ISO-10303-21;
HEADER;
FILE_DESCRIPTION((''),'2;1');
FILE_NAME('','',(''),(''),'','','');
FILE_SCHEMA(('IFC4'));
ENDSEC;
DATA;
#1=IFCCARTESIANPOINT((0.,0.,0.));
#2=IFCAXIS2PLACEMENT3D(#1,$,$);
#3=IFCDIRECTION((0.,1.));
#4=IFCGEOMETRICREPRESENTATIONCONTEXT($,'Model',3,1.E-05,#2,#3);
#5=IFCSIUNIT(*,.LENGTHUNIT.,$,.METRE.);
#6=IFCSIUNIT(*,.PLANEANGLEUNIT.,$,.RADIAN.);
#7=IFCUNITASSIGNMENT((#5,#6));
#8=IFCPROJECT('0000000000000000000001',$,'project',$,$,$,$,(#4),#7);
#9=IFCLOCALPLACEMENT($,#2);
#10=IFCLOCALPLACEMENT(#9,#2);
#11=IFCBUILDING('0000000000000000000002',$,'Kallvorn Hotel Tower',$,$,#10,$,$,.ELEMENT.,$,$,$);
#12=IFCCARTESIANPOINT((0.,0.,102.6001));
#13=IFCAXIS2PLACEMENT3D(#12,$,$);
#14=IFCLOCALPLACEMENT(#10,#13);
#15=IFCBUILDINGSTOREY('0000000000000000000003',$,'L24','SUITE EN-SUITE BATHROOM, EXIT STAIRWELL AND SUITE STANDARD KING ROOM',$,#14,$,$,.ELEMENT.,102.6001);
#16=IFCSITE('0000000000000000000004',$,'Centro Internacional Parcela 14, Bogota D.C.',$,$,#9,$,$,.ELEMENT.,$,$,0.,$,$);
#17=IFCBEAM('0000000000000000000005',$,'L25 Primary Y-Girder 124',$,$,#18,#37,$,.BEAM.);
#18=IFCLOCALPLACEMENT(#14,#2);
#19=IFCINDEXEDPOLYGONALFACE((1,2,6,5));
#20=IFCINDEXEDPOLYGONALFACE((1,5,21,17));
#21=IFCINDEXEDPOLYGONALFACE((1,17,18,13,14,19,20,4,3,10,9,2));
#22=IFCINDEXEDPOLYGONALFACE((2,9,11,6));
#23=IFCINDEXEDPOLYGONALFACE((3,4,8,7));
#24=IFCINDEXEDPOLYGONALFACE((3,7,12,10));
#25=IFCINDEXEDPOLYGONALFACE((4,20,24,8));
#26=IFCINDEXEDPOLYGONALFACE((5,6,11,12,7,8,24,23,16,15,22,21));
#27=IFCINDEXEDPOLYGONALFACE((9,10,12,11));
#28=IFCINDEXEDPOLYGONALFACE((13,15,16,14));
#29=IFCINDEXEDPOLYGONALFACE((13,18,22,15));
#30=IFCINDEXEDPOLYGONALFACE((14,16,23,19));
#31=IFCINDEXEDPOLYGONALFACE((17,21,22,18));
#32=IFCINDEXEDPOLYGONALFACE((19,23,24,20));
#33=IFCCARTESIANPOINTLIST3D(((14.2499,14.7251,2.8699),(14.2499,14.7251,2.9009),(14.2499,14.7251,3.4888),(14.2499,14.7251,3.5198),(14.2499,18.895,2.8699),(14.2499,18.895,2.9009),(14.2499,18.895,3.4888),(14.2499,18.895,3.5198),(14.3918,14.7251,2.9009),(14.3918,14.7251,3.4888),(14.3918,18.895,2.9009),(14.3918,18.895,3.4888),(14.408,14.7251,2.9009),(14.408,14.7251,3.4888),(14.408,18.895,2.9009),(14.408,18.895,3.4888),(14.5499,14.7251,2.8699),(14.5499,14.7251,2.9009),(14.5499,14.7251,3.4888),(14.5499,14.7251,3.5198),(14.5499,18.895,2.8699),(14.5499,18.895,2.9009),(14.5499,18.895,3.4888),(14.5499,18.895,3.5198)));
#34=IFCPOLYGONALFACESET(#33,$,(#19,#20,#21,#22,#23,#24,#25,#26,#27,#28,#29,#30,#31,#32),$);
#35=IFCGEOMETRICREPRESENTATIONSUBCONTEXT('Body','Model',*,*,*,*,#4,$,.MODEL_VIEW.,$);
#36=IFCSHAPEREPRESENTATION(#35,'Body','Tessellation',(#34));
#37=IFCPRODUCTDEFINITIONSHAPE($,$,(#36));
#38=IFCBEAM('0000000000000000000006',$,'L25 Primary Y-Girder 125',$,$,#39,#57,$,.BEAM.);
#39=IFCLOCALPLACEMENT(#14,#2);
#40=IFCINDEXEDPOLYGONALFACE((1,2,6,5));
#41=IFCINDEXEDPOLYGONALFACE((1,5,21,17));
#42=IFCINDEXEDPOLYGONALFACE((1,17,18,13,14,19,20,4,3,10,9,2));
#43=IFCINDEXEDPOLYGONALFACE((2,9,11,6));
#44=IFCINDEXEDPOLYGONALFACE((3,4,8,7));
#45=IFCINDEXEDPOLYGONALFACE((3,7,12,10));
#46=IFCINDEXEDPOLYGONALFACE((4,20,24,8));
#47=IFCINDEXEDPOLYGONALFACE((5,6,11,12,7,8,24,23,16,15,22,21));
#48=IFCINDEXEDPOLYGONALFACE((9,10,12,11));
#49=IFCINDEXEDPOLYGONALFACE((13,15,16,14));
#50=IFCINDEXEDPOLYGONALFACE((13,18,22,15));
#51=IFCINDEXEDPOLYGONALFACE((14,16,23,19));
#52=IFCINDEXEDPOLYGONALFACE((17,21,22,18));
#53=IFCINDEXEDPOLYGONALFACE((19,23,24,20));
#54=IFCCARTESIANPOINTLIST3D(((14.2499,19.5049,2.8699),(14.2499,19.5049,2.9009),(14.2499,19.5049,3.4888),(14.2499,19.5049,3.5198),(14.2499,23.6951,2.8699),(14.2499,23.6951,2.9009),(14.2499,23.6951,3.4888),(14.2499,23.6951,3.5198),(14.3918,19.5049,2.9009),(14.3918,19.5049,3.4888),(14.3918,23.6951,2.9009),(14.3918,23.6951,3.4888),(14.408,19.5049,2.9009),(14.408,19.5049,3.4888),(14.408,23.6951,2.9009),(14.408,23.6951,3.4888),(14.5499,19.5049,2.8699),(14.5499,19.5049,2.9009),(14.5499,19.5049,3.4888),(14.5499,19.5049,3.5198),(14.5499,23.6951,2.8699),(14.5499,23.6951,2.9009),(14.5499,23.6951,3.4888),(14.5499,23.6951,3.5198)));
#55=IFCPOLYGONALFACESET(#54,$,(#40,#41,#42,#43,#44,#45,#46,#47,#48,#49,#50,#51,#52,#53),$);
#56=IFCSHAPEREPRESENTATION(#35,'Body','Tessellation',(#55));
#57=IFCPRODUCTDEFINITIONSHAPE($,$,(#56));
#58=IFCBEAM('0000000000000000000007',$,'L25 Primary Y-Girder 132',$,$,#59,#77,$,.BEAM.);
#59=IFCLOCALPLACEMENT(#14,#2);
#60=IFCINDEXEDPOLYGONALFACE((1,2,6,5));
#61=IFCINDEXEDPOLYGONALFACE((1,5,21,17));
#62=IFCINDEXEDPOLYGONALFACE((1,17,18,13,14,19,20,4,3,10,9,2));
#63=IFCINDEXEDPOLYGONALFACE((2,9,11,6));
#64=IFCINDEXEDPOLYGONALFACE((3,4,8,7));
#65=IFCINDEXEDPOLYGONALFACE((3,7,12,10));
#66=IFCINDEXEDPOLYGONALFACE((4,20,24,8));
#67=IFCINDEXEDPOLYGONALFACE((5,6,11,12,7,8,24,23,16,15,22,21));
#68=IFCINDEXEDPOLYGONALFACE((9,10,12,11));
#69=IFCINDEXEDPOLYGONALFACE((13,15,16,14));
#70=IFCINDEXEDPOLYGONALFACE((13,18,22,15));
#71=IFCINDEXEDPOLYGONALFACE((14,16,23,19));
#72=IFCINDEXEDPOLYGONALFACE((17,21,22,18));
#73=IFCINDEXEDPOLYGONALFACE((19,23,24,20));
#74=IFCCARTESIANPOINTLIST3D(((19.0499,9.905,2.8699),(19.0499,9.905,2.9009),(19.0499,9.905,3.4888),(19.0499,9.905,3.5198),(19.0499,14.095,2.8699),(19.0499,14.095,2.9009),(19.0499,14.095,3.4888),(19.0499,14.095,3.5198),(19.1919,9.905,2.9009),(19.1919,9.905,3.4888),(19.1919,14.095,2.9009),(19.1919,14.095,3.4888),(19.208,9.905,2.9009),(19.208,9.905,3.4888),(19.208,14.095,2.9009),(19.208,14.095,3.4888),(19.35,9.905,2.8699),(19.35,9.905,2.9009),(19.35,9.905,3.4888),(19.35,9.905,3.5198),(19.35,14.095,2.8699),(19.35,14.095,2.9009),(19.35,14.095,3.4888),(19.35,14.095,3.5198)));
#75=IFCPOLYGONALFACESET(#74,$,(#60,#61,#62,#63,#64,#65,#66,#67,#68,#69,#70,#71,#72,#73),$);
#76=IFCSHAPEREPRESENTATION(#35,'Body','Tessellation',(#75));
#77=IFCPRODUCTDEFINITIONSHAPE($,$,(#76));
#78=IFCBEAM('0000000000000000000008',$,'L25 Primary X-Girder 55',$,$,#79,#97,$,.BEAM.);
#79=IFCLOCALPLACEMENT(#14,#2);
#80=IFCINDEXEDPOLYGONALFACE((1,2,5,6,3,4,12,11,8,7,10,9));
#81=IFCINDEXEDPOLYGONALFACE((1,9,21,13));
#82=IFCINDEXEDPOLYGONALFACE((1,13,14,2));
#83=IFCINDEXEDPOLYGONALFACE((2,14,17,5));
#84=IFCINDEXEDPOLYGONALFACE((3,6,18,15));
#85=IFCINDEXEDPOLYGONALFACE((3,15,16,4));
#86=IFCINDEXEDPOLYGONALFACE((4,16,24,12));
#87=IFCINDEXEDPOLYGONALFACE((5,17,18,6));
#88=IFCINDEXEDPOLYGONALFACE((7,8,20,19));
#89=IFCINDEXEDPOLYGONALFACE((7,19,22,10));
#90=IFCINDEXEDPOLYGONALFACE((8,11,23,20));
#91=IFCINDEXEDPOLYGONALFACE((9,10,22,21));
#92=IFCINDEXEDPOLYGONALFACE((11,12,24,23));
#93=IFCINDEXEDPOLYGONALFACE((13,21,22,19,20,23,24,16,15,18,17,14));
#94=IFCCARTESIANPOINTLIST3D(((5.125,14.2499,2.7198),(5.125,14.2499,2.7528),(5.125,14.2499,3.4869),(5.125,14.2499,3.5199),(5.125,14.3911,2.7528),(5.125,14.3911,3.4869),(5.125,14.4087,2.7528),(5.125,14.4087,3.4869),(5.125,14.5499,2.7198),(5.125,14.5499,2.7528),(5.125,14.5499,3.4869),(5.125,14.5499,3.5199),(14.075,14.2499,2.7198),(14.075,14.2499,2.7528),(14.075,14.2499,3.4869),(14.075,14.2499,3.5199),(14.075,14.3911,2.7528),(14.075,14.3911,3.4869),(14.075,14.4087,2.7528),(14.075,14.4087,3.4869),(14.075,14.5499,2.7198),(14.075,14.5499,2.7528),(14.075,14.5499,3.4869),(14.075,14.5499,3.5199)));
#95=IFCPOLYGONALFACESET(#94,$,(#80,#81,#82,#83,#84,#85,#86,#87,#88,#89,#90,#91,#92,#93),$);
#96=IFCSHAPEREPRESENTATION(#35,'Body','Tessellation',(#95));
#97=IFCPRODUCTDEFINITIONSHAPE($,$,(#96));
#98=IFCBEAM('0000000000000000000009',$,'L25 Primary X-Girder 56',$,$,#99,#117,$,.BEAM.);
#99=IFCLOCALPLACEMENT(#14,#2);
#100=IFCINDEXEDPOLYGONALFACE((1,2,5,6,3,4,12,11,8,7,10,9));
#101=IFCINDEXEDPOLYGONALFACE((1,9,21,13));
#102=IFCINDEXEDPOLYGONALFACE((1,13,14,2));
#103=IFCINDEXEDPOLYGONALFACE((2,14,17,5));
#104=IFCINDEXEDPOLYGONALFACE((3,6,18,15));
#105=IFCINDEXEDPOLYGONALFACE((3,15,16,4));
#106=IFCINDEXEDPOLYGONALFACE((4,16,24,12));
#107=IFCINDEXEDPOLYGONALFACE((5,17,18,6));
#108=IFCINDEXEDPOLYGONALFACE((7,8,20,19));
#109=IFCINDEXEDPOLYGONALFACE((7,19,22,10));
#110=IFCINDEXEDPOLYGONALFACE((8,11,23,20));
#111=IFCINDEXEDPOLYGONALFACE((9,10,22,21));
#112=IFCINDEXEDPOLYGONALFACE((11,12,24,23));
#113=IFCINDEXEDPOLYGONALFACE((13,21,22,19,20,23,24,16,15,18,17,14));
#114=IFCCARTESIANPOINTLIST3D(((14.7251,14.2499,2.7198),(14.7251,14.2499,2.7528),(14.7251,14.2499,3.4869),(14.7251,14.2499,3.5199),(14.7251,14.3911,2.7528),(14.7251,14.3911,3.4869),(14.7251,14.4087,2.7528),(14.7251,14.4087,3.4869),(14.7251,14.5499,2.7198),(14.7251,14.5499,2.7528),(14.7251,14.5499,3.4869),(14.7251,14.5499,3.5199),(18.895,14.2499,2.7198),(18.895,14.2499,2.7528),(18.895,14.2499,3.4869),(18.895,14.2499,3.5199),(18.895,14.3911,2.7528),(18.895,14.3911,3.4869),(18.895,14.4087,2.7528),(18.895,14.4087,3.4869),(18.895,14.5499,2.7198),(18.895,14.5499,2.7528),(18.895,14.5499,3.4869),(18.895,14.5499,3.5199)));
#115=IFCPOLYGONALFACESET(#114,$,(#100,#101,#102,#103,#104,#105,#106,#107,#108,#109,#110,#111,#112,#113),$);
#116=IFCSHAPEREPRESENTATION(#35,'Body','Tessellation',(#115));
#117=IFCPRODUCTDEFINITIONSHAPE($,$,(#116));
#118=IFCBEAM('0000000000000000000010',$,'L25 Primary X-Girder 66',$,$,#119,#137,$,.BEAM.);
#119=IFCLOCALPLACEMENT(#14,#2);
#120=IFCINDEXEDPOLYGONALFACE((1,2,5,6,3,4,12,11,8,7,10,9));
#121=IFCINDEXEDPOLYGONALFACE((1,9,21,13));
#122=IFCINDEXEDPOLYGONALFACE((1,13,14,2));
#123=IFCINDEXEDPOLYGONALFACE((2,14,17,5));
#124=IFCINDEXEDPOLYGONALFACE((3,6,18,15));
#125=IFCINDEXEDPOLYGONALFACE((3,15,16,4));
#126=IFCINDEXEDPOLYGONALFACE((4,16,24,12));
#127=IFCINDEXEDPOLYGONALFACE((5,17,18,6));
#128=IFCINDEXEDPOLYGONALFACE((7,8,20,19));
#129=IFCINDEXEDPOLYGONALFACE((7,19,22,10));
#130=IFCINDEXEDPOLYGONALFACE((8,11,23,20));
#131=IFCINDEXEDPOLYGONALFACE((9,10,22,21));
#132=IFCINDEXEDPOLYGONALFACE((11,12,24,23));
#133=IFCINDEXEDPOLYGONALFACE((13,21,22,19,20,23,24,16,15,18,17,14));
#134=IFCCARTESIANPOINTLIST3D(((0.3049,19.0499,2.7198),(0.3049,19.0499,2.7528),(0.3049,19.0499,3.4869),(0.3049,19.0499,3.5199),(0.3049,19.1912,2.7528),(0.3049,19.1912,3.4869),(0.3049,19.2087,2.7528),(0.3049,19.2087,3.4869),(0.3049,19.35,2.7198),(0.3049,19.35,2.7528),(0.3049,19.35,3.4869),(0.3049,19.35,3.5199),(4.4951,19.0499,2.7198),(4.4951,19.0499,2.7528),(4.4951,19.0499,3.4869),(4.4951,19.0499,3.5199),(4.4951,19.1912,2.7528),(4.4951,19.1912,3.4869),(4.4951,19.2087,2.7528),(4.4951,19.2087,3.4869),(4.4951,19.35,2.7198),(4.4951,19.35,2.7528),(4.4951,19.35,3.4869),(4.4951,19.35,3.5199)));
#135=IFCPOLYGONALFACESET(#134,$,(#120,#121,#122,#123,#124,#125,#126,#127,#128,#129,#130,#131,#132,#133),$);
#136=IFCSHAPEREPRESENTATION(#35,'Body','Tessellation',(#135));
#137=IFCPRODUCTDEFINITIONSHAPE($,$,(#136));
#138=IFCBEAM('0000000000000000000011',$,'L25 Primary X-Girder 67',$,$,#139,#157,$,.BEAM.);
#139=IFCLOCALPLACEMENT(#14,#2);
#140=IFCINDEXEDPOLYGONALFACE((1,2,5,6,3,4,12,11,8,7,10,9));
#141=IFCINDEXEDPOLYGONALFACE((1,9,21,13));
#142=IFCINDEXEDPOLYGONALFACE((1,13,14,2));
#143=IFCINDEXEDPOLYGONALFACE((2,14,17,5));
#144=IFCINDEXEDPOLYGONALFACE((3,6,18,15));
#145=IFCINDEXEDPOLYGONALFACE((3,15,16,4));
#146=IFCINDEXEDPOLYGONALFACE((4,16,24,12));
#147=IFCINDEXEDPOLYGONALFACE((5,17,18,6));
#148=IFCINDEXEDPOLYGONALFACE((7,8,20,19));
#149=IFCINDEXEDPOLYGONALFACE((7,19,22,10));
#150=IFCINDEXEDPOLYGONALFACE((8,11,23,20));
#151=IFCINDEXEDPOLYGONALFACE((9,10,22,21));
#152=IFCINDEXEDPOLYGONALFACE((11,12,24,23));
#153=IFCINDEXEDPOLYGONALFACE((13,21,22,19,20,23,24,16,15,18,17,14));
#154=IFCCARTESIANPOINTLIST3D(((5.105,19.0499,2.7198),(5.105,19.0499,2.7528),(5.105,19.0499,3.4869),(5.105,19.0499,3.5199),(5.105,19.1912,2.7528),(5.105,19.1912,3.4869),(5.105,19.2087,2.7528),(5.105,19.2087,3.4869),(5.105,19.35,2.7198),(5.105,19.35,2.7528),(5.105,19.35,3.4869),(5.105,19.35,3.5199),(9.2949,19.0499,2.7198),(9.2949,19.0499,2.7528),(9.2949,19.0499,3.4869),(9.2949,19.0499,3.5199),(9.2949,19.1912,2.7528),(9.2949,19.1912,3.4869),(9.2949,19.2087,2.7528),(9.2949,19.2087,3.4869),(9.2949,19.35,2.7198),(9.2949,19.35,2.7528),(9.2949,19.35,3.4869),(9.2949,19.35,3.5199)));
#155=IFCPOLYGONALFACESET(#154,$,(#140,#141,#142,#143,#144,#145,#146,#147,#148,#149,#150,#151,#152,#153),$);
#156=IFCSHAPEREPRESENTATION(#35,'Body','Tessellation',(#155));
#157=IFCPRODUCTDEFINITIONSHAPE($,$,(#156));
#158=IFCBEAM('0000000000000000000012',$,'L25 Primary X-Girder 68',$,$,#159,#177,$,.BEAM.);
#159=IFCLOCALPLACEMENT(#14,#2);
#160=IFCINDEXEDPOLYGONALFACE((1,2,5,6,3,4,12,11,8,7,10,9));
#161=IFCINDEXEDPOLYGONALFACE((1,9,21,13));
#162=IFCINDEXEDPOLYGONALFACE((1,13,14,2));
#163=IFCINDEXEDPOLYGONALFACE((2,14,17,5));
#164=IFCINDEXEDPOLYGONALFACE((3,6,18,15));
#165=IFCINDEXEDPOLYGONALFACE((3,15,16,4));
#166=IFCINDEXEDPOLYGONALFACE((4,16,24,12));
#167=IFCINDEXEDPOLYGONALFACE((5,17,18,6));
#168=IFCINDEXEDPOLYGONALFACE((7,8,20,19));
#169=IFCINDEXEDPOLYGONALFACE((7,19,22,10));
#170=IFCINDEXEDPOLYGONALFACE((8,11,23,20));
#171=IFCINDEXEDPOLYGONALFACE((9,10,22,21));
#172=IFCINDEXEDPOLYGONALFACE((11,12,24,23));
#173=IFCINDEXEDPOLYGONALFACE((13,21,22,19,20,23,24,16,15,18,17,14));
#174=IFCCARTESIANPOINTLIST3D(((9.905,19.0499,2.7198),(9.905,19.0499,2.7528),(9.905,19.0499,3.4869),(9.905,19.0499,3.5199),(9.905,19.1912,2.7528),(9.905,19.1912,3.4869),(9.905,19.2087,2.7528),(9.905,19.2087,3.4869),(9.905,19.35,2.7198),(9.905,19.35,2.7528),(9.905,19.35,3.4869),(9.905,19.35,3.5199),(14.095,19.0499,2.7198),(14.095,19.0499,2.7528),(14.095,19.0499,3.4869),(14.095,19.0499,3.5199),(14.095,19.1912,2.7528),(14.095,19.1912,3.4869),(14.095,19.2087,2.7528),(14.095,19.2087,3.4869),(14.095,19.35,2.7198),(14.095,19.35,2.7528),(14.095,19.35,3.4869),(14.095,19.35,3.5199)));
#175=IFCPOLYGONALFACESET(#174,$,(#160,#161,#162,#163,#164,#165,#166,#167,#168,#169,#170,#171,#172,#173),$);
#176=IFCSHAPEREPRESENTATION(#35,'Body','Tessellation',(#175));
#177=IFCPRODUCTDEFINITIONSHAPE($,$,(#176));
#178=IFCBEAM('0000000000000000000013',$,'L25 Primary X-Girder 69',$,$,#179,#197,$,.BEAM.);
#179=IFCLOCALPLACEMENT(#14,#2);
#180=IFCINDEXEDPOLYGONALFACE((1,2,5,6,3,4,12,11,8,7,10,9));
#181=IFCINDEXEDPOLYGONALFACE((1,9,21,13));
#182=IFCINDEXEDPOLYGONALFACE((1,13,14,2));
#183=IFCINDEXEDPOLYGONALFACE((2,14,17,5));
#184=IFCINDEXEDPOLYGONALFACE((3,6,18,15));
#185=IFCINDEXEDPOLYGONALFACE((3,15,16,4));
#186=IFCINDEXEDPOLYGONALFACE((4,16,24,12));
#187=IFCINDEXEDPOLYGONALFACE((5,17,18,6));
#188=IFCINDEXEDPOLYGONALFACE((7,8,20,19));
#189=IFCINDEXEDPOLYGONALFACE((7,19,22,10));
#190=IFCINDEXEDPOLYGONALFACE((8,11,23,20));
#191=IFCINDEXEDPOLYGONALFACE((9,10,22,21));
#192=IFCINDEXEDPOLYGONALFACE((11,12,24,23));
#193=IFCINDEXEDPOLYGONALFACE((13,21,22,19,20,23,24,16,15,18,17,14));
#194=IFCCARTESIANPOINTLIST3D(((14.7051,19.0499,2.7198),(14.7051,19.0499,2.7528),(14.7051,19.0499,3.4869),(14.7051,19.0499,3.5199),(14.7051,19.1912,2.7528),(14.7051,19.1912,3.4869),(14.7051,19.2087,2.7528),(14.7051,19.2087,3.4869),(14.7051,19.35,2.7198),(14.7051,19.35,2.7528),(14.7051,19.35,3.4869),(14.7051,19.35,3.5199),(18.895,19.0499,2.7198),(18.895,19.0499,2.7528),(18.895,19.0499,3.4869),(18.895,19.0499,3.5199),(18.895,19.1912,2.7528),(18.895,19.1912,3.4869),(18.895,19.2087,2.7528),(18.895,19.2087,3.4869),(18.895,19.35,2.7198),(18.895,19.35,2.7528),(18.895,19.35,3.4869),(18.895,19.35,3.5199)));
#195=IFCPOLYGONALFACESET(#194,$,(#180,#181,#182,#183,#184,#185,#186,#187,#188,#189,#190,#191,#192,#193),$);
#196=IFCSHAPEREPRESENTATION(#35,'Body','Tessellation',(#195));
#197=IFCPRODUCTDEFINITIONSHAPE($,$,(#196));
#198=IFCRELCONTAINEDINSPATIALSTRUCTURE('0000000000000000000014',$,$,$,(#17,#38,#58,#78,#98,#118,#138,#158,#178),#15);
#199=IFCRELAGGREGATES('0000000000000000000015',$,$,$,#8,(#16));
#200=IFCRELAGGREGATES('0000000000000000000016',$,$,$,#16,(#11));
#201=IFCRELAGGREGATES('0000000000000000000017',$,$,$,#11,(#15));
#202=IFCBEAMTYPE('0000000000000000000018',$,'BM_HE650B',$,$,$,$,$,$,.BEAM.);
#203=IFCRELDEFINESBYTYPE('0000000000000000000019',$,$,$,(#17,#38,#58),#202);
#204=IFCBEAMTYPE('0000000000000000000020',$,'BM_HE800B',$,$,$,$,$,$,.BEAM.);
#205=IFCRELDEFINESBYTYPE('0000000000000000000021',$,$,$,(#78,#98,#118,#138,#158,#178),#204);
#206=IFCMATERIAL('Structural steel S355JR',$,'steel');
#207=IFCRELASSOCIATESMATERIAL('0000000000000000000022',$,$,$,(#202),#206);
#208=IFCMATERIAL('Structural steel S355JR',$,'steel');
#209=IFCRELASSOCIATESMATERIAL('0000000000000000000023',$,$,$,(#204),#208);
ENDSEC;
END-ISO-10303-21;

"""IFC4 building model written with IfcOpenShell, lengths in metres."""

from ifc_helpers import new_model, si_unit, direction, frame, origin, origin_2d, place, context, subcontext, project, spatial, i_section, extrude, material, material_profile, profile_set, type_object, element, save


model = new_model("IFC4")

# Units and contexts
model_context = context("Model", 3, precision=1e-05, world=origin(), true_north=direction((0.0, 1.0)))
body_context = subcontext(model_context, "Body", "Model", "MODEL_VIEW")
ifc_project = project(units=[si_unit("LENGTHUNIT", "METRE"), si_unit("PLANEANGLEUNIT", "RADIAN")], contexts=[model_context])

# Site, building, storey
site_placement = place(None, origin())
site = spatial("IfcSite", under=ifc_project, at=site_placement, Name="Centro Internacional Parcela 14, Bogota D.C.", CompositionType="ELEMENT", RefElevation=0.0)
building_placement = place(site_placement, origin())
building = spatial("IfcBuilding", under=site, at=building_placement, Name="Kallvorn Hotel Tower", CompositionType="ELEMENT")
storey_placement = place(building_placement, frame((0.0, 0.0, 102.6001)))
storey = spatial("IfcBuildingStorey", under=building, at=storey_placement, Name="L24", Description="SUITE EN-SUITE BATHROOM, EXIT STAIRWELL AND SUITE STANDARD KING ROOM", CompositionType="ELEMENT", Elevation=102.6001)

# Beams
ifc_material_1 = material(Name="Structural steel S355JR", Category="steel")
ifc_material_profile_1 = material_profile(ifc_material_1, i_section(OverallWidth=0.3, OverallDepth=0.6499, WebThickness=0.0161, FlangeThickness=0.031, at=origin_2d()), Name="HE 650 B")
ifc_profile_set_1 = profile_set([ifc_material_profile_1], Name="Structural steel S355JR")
beam_type_1 = type_object("IfcBeamType", Name="BM_HE650B", PredefinedType="BEAM", material=ifc_profile_set_1)
beam_1_placement = place(storey_placement, frame((14.3999, 14.7251, 3.1948), z_axis=(0.0, 1.0, 0.0), x_axis=(-1.0, 0.0, 0.0)))
element("IfcBeam", 1, at=beam_1_placement, inside=storey, type_object=beam_type_1, Name="L25 Primary Y-Girder 124", PredefinedType="BEAM", context=body_context, shape_type="SweptSolid", body=[
    extrude(i_section(OverallWidth=0.3, OverallDepth=0.6499, WebThickness=0.0161, FlangeThickness=0.031, at=origin_2d()), origin(), (0.0, 0.0, 1.0), 4.1699),
])
beam_2_placement = place(storey_placement, frame((14.3999, 19.5049, 3.1948), z_axis=(0.0, 1.0, 0.0), x_axis=(-1.0, 0.0, 0.0)))
element("IfcBeam", 2, at=beam_2_placement, inside=storey, type_object=beam_type_1, Name="L25 Primary Y-Girder 125", PredefinedType="BEAM", context=body_context, shape_type="SweptSolid", body=[
    extrude(i_section(OverallWidth=0.3, OverallDepth=0.6499, WebThickness=0.0161, FlangeThickness=0.031, at=origin_2d()), origin(), (0.0, 0.0, 1.0), 4.1902),
])
beam_3_placement = place(storey_placement, frame((19.2, 9.905, 3.1948), z_axis=(0.0, 1.0, 0.0), x_axis=(-1.0, 0.0, 0.0)))
element("IfcBeam", 3, at=beam_3_placement, inside=storey, type_object=beam_type_1, Name="L25 Primary Y-Girder 132", PredefinedType="BEAM", context=body_context, shape_type="SweptSolid", body=[
    extrude(i_section(OverallWidth=0.3, OverallDepth=0.6499, WebThickness=0.0161, FlangeThickness=0.031, at=origin_2d()), origin(), (0.0, 0.0, 1.0), 4.1899),
])
ifc_material_2 = material(Name="Structural steel S355JR", Category="steel")
ifc_material_profile_2 = material_profile(ifc_material_2, i_section(OverallWidth=0.3, OverallDepth=0.8, WebThickness=0.0176, FlangeThickness=0.033, at=origin_2d()), Name="HE 800 B")
ifc_profile_set_2 = profile_set([ifc_material_profile_2], Name="Structural steel S355JR")
beam_type_2 = type_object("IfcBeamType", Name="BM_HE800B", PredefinedType="BEAM", material=ifc_profile_set_2)
beam_4_placement = place(storey_placement, frame((5.125, 14.3999, 3.1199), z_axis=(1.0, 0.0, 0.0), x_axis=(0.0, 1.0, 0.0)))
element("IfcBeam", 4, at=beam_4_placement, inside=storey, type_object=beam_type_2, Name="L25 Primary X-Girder 55", PredefinedType="BEAM", context=body_context, shape_type="SweptSolid", body=[
    extrude(i_section(OverallWidth=0.3, OverallDepth=0.8, WebThickness=0.0176, FlangeThickness=0.033, at=origin_2d()), origin(), (0.0, 0.0, 1.0), 8.95),
])
beam_5_placement = place(storey_placement, frame((14.7251, 14.3999, 3.1199), z_axis=(1.0, 0.0, 0.0), x_axis=(0.0, 1.0, 0.0)))
element("IfcBeam", 5, at=beam_5_placement, inside=storey, type_object=beam_type_2, Name="L25 Primary X-Girder 56", PredefinedType="BEAM", context=body_context, shape_type="SweptSolid", body=[
    extrude(i_section(OverallWidth=0.3, OverallDepth=0.8, WebThickness=0.0176, FlangeThickness=0.033, at=origin_2d()), origin(), (0.0, 0.0, 1.0), 4.1699),
])
beam_6_placement = place(storey_placement, frame((0.3049, 19.2, 3.1199), z_axis=(1.0, 0.0, 0.0), x_axis=(0.0, 1.0, 0.0)))
element("IfcBeam", 6, at=beam_6_placement, inside=storey, type_object=beam_type_2, Name="L25 Primary X-Girder 66", PredefinedType="BEAM", context=body_context, shape_type="SweptSolid", body=[
    extrude(i_section(OverallWidth=0.3, OverallDepth=0.8, WebThickness=0.0176, FlangeThickness=0.033, at=origin_2d()), origin(), (0.0, 0.0, 1.0), 4.1902),
])
for number, where, z_axis, x_axis, name in (
    (7, (5.105, 19.2, 3.1199), (1.0, 0.0, 0.0), (0.0, 1.0, 0.0), "L25 Primary X-Girder 67"),
    (8, (9.905, 19.2, 3.1199), (1.0, 0.0, 0.0), (0.0, 1.0, 0.0), "L25 Primary X-Girder 68"),
    (9, (14.7051, 19.2, 3.1199), (1.0, 0.0, 0.0), (0.0, 1.0, 0.0), "L25 Primary X-Girder 69"),
):
    element("IfcBeam", number, at=place(storey_placement, frame(where, z_axis=z_axis, x_axis=x_axis)), inside=storey, type_object=beam_type_2, Name=name, PredefinedType="BEAM", context=body_context, shape_type="SweptSolid", body=[
        extrude(i_section(OverallWidth=0.3, OverallDepth=0.8, WebThickness=0.0176, FlangeThickness=0.033, at=origin_2d()), origin(), (0.0, 0.0, 1.0), 4.1899),
    ])

save(model, "model.ifc")
